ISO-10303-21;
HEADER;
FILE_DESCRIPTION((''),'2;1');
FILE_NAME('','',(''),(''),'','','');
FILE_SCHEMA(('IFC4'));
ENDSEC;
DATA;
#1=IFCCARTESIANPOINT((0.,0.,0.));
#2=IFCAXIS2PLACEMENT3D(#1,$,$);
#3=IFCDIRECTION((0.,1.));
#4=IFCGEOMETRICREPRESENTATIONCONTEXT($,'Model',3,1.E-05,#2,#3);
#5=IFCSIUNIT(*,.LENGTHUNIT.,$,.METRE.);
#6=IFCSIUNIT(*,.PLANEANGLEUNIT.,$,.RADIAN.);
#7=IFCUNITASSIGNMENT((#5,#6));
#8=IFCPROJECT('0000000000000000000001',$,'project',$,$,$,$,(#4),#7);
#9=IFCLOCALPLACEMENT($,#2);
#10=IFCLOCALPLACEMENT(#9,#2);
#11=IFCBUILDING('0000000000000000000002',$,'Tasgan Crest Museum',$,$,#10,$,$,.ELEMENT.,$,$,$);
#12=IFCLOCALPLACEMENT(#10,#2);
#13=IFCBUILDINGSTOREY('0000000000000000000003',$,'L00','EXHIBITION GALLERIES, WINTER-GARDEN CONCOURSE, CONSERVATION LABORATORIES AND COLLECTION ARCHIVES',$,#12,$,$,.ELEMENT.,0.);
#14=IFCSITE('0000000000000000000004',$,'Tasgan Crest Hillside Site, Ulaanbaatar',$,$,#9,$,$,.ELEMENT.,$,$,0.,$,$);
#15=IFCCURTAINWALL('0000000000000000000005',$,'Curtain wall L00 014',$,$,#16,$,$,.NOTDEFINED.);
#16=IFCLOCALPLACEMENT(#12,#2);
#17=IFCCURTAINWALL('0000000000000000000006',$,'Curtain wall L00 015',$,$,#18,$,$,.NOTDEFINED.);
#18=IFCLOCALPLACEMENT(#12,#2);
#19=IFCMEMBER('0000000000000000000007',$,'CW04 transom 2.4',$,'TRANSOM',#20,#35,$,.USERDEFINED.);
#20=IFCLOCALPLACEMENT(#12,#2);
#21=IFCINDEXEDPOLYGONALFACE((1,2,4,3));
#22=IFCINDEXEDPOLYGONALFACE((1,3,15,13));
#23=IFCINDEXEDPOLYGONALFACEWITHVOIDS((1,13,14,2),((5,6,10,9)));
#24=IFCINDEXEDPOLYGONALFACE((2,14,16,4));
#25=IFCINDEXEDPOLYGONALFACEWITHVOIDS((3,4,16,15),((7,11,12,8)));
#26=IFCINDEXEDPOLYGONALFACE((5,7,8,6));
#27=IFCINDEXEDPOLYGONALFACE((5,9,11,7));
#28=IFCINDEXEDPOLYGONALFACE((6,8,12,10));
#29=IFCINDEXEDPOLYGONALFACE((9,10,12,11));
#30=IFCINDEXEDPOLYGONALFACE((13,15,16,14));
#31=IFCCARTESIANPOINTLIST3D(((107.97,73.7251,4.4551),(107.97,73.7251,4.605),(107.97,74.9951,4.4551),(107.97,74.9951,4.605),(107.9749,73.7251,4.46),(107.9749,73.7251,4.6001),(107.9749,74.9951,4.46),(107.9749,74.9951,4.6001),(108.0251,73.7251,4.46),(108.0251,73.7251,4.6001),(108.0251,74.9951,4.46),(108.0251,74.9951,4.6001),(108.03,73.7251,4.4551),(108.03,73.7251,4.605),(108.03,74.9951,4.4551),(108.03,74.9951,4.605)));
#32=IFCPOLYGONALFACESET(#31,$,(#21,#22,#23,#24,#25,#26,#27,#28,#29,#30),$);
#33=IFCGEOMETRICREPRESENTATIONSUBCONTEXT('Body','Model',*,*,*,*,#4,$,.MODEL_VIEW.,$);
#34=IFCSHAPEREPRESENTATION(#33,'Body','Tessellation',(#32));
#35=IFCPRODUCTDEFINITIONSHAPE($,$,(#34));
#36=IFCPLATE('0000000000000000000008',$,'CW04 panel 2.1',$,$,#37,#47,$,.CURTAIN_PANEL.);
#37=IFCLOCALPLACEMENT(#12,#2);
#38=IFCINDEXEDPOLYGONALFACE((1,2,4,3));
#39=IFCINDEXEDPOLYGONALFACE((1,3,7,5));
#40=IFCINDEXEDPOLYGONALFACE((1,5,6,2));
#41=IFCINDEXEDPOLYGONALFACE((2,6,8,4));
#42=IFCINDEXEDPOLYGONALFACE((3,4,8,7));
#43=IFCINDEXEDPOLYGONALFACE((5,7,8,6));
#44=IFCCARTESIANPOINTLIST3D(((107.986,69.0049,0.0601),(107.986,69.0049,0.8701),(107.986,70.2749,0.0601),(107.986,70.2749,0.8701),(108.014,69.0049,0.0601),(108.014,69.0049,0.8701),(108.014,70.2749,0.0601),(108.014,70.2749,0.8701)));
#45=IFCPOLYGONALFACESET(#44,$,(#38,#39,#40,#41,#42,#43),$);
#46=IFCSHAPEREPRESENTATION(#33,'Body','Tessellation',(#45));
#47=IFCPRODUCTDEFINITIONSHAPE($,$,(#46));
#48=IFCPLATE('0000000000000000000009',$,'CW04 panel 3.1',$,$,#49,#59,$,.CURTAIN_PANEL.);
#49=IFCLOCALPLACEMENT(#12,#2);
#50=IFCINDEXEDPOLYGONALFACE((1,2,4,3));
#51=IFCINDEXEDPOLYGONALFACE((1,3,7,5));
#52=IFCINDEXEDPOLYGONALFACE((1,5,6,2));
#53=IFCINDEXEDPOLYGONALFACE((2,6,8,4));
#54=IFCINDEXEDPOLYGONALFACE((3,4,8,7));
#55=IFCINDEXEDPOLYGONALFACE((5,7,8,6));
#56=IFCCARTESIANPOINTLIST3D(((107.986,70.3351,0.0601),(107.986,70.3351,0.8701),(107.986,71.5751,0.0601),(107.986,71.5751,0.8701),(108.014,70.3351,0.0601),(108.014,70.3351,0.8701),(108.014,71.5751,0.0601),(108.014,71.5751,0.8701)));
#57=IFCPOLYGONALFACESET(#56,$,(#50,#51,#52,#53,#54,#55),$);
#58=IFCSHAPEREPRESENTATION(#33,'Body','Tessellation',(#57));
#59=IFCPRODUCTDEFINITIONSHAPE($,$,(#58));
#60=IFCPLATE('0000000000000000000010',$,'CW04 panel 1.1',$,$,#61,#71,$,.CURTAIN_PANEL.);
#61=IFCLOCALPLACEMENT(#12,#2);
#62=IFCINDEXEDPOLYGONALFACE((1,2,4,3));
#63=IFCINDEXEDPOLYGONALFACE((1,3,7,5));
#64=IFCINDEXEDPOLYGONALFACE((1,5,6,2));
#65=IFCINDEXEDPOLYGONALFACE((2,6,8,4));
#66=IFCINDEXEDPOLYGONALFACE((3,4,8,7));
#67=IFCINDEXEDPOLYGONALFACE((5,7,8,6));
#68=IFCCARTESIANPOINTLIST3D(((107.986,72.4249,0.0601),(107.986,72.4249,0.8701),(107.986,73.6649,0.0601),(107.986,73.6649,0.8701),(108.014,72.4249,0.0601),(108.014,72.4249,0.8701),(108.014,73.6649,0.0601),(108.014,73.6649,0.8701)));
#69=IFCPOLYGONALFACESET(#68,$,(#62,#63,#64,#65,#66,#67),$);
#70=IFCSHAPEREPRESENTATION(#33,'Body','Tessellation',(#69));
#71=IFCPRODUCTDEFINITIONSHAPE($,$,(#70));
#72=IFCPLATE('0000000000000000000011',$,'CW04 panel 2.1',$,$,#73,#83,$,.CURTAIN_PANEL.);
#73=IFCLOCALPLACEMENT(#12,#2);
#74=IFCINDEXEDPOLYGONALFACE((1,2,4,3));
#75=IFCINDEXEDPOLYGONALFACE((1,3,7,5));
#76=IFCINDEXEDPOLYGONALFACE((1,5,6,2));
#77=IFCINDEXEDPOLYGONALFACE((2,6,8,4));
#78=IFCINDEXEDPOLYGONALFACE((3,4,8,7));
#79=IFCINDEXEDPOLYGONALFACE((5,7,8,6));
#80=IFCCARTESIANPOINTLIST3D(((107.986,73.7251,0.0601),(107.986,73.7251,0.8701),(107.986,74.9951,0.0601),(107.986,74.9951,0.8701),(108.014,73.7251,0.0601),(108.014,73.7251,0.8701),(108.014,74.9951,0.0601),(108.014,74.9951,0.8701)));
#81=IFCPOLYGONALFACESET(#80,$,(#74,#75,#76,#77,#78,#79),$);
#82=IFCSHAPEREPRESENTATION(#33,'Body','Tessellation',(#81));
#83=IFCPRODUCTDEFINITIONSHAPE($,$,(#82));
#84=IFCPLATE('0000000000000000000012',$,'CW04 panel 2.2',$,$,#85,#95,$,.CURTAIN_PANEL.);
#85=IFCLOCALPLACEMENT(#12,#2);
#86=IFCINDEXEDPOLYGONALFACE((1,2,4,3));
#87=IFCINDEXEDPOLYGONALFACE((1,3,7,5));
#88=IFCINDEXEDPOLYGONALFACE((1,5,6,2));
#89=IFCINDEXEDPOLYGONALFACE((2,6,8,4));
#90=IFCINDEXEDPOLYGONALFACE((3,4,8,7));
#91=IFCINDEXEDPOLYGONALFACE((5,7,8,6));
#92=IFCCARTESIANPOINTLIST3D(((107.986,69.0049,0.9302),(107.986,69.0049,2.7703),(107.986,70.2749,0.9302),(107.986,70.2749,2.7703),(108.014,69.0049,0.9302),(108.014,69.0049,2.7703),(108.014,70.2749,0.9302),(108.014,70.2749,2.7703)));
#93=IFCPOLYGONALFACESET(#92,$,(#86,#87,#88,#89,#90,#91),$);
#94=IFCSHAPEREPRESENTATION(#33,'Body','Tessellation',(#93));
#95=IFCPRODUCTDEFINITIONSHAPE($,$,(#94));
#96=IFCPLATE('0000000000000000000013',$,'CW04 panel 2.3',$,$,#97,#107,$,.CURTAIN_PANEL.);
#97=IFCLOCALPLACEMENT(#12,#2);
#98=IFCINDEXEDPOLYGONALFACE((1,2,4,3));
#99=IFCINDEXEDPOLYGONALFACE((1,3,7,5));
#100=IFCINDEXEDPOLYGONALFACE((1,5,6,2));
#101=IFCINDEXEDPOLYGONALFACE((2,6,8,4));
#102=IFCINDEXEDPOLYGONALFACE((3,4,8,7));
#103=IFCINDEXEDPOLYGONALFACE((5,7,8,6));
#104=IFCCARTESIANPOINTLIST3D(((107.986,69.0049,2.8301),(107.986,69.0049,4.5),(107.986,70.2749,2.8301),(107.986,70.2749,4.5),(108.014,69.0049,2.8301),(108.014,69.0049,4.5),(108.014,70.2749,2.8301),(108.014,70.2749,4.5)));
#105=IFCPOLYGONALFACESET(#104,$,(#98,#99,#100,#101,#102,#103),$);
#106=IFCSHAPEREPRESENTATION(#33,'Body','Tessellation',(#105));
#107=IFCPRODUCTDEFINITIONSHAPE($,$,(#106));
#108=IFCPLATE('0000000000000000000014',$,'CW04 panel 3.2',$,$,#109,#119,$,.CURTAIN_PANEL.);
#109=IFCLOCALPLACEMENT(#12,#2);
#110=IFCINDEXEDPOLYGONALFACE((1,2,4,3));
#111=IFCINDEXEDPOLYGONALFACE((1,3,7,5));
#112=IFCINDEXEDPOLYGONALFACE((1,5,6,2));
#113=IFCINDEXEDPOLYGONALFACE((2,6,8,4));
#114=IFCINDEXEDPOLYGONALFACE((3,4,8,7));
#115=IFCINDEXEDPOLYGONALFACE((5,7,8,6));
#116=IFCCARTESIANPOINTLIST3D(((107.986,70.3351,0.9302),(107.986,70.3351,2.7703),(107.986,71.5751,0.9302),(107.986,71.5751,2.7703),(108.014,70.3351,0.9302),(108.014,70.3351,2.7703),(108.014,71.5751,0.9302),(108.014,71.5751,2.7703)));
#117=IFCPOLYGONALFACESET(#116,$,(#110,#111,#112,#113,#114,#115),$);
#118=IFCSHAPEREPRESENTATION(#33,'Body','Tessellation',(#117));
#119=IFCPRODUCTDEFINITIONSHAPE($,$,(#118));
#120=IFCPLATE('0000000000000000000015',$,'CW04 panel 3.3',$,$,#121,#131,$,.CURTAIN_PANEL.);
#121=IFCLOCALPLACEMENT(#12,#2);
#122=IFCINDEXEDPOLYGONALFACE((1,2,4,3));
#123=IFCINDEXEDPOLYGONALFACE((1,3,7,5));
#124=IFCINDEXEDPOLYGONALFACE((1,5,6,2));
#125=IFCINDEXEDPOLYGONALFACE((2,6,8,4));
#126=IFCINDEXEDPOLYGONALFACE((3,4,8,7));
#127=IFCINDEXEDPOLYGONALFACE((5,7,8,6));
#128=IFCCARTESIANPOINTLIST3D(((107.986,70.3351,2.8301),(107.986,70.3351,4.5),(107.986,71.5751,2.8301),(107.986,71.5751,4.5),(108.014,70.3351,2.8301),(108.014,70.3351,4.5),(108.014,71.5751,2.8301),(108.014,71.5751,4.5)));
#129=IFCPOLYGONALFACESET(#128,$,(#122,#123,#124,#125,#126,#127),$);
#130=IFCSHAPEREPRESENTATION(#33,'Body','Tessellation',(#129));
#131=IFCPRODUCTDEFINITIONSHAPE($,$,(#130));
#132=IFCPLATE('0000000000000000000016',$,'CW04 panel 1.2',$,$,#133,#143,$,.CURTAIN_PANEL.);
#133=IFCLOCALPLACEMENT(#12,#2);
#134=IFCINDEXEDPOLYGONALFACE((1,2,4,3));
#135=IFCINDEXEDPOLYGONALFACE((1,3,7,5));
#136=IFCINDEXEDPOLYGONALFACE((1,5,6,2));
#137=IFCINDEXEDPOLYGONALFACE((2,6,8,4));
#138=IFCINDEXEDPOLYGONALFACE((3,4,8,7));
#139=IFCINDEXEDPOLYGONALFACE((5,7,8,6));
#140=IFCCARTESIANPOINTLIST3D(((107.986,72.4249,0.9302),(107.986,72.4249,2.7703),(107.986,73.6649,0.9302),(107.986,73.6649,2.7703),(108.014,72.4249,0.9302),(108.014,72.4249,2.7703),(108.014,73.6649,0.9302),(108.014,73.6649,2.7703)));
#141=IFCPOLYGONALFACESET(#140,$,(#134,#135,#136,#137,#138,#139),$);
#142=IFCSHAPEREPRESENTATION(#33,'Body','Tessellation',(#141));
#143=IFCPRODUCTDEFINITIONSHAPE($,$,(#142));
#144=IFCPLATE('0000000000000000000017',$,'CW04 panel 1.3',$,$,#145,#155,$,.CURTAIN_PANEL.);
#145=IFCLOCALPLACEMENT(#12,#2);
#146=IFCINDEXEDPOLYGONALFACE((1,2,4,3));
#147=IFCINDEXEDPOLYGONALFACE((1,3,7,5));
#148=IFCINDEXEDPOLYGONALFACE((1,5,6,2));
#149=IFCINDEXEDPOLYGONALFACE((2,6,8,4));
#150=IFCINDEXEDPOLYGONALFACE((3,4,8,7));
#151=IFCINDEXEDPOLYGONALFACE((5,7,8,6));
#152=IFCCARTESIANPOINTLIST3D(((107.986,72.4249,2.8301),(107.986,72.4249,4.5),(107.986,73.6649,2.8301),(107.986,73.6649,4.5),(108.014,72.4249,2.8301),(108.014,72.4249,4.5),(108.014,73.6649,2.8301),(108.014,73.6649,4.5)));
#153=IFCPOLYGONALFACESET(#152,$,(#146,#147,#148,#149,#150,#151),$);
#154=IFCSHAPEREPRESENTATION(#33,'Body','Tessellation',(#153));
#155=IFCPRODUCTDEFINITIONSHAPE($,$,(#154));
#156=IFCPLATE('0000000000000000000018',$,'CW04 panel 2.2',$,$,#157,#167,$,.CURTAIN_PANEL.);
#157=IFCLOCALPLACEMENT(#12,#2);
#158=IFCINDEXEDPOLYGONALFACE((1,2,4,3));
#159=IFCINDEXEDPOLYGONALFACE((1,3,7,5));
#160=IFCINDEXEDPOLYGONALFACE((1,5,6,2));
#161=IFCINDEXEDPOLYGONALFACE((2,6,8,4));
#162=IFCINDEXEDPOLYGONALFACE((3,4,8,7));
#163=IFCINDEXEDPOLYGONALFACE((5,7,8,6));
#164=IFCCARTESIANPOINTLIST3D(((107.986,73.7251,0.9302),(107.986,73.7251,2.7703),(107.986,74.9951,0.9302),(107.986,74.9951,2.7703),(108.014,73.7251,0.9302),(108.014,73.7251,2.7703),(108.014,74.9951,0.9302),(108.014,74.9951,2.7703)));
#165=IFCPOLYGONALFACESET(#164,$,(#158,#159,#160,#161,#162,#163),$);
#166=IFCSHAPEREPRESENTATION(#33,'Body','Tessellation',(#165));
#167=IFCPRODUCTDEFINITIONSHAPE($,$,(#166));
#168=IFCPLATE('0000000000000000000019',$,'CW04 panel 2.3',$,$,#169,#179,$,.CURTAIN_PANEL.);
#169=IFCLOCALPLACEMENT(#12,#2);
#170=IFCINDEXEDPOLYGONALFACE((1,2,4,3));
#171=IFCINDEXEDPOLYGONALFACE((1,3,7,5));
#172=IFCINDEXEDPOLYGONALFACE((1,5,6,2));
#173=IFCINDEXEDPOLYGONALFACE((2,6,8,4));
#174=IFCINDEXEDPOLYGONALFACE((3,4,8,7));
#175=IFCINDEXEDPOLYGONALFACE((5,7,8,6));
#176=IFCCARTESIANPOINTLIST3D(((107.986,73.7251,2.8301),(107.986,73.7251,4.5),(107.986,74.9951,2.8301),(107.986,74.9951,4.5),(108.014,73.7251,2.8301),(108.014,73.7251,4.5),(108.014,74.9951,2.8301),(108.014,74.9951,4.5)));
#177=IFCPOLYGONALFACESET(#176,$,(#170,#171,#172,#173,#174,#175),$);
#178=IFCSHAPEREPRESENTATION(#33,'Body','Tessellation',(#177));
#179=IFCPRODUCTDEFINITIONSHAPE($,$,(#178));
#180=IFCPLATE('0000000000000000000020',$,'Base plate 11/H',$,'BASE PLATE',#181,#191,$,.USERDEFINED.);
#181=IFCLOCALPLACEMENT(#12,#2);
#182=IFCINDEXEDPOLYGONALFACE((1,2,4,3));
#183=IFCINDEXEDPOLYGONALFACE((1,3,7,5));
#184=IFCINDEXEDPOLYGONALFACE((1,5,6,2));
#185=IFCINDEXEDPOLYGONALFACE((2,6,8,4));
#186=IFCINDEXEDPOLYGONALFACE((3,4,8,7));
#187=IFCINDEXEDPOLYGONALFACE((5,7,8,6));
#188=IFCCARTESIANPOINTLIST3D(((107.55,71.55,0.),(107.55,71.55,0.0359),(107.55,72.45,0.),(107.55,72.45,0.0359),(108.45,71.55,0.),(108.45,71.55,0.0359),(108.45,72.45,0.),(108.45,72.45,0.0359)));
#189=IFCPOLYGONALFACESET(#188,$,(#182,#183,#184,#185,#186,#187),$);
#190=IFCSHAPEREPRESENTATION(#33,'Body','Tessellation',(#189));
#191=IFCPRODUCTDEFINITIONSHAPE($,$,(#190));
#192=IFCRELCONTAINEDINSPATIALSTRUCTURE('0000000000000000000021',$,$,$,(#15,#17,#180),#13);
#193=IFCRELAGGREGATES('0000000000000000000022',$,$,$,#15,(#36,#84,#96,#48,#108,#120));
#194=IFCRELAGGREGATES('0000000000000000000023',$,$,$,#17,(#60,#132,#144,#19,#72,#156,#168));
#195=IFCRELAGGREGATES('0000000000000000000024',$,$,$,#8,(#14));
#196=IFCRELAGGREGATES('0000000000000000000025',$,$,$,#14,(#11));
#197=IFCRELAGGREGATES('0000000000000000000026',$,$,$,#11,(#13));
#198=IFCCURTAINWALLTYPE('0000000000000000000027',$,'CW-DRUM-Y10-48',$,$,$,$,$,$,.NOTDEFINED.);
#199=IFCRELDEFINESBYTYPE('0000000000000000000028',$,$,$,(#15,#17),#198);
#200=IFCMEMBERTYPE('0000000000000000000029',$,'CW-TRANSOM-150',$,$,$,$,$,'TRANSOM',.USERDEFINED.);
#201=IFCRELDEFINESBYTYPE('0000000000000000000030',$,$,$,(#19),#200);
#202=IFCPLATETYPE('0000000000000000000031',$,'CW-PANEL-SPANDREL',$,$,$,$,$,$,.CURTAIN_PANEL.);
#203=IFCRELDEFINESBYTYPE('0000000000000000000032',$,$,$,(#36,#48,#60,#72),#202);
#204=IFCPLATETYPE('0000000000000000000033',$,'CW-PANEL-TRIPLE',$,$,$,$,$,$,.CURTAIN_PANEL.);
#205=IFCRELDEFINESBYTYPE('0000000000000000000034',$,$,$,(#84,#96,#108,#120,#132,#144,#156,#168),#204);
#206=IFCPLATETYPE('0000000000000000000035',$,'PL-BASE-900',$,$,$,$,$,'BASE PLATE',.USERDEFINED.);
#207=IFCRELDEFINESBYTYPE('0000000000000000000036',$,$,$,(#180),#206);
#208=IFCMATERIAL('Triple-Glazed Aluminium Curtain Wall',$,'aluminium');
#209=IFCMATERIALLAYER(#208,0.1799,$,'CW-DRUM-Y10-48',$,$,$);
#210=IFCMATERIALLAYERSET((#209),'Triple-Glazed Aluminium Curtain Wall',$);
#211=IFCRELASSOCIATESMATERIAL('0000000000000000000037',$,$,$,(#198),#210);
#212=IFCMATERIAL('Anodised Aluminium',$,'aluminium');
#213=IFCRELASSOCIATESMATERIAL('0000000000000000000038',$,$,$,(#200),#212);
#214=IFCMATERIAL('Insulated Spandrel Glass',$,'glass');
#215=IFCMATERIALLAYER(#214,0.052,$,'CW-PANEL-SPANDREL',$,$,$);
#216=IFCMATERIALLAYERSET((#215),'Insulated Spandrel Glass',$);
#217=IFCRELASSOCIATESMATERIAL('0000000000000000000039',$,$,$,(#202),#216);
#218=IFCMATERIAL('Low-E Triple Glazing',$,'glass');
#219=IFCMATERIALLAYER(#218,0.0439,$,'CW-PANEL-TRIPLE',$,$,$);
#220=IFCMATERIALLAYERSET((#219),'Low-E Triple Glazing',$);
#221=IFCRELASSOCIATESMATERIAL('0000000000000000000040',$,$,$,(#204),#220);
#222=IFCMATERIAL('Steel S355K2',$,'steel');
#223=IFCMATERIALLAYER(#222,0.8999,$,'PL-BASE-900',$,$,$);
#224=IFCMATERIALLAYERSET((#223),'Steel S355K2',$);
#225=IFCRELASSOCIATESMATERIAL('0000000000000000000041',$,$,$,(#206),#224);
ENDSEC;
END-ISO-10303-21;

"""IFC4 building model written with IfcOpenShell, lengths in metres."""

from ifc_helpers import new_model, si_unit, direction, frame, origin, origin_2d, place, context, subcontext, project, spatial, rectangle, hollow_rectangle, extrude, material, layer, layer_set, material_profile, profile_set, type_object, element, aggregate, save


model = new_model("IFC4")

# Units and contexts
model_context = context("Model", 3, precision=1e-05, world=origin(), true_north=direction((0.0, 1.0)))
body_context = subcontext(model_context, "Body", "Model", "MODEL_VIEW")
ifc_project = project(units=[si_unit("LENGTHUNIT", "METRE"), si_unit("PLANEANGLEUNIT", "RADIAN")], contexts=[model_context])

# Site, building, storey
site_placement = place(None, origin())
site = spatial("IfcSite", under=ifc_project, at=site_placement, Name="Tasgan Crest Hillside Site, Ulaanbaatar", CompositionType="ELEMENT", RefElevation=0.0)
building_placement = place(site_placement, origin())
building = spatial("IfcBuilding", under=site, at=building_placement, Name="Tasgan Crest Museum", CompositionType="ELEMENT")
storey_placement = place(building_placement, origin())
storey = spatial("IfcBuildingStorey", under=building, at=storey_placement, Name="L00", Description="EXHIBITION GALLERIES, WINTER-GARDEN CONCOURSE, CONSERVATION LABORATORIES AND COLLECTION ARCHIVES", CompositionType="ELEMENT", Elevation=0.0)

# Curtain walls
ifc_material_1 = material(Name="Triple-Glazed Aluminium Curtain Wall", Category="aluminium")
ifc_layer_1 = layer(ifc_material_1, 0.1799, Name="CW-DRUM-Y10-48")
ifc_layer_set_1 = layer_set([ifc_layer_1], Name="Triple-Glazed Aluminium Curtain Wall")
curtain_wall_type = type_object("IfcCurtainWallType", Name="CW-DRUM-Y10-48", PredefinedType="NOTDEFINED", material=ifc_layer_set_1)
curtain_wall_1_placement = place(storey_placement, origin())
curtain_wall_1 = element("IfcCurtainWall", 1, at=curtain_wall_1_placement, inside=storey, type_object=curtain_wall_type, Name="Curtain wall L00 014", PredefinedType="NOTDEFINED")
curtain_wall_2_placement = place(storey_placement, origin())
curtain_wall_2 = element("IfcCurtainWall", 2, at=curtain_wall_2_placement, inside=storey, type_object=curtain_wall_type, Name="Curtain wall L00 015", PredefinedType="NOTDEFINED")

# Member
ifc_material_2 = material(Name="Anodised Aluminium", Category="aluminium")
ifc_material_profile_1 = material_profile(ifc_material_2, hollow_rectangle(XDim=0.0601, YDim=0.1499, WallThickness=0.0049, at=origin_2d()), Name="ALU TRANSOM 150x60x5")
ifc_profile_set_1 = profile_set([ifc_material_profile_1], Name="Anodised Aluminium")
member_type_1 = type_object("IfcMemberType", Name="CW-TRANSOM-150", ElementType="TRANSOM", PredefinedType="USERDEFINED", material=ifc_profile_set_1)
member_1_placement = place(storey_placement, frame((108.0, 73.7251, 4.53), z_axis=(0.0, 1.0, 0.0), x_axis=(-1.0, 0.0, 0.0)))
member_1 = element("IfcMember", 3, at=member_1_placement, type_object=member_type_1, Name="CW04 transom 2.4", ObjectType="TRANSOM", PredefinedType="USERDEFINED", context=body_context, shape_type="SweptSolid", body=[
    extrude(hollow_rectangle(XDim=0.0601, YDim=0.1499, WallThickness=0.0049, at=origin_2d()), origin(), (0.0, 0.0, 1.0), 1.27),
])

# Plates
ifc_material_3 = material(Name="Insulated Spandrel Glass", Category="glass")
ifc_layer_2 = layer(ifc_material_3, 0.052, Name="CW-PANEL-SPANDREL")
ifc_layer_set_2 = layer_set([ifc_layer_2], Name="Insulated Spandrel Glass")
plate_type_1 = type_object("IfcPlateType", Name="CW-PANEL-SPANDREL", PredefinedType="CURTAIN_PANEL", material=ifc_layer_set_2)
plate_1_placement = place(storey_placement, frame((108.0, 69.6399, 0.0601), z_axis=(0.0, 0.0, 1.0), x_axis=(0.0, 1.0, 0.0)))
plate_1 = element("IfcPlate", 4, at=plate_1_placement, type_object=plate_type_1, Name="CW04 panel 2.1", PredefinedType="CURTAIN_PANEL", context=body_context, shape_type="SweptSolid", body=[
    extrude(rectangle(XDim=1.27, YDim=0.0281, at=origin_2d()), origin(), (0.0, 0.0, 1.0), 0.8101),
])
plate_2_placement = place(storey_placement, frame((108.0, 70.9551, 0.0601), z_axis=(0.0, 0.0, 1.0), x_axis=(0.0, 1.0, 0.0)))
plate_2 = element("IfcPlate", 5, at=plate_2_placement, type_object=plate_type_1, Name="CW04 panel 3.1", PredefinedType="CURTAIN_PANEL", context=body_context, shape_type="SweptSolid", body=[
    extrude(rectangle(XDim=1.24, YDim=0.0281, at=origin_2d()), origin(), (0.0, 0.0, 1.0), 0.8101),
])
plate_3_placement = place(storey_placement, frame((108.0, 73.0449, 0.0601), z_axis=(0.0, 0.0, 1.0), x_axis=(0.0, 1.0, 0.0)))
plate_3 = element("IfcPlate", 6, at=plate_3_placement, type_object=plate_type_1, Name="CW04 panel 1.1", PredefinedType="CURTAIN_PANEL", context=body_context, shape_type="SweptSolid", body=[
    extrude(rectangle(XDim=1.24, YDim=0.0281, at=origin_2d()), origin(), (0.0, 0.0, 1.0), 0.8101),
])
plate_4_placement = place(storey_placement, frame((108.0, 74.3601, 0.0601), z_axis=(0.0, 0.0, 1.0), x_axis=(0.0, 1.0, 0.0)))
plate_4 = element("IfcPlate", 7, at=plate_4_placement, type_object=plate_type_1, Name="CW04 panel 2.1", PredefinedType="CURTAIN_PANEL", context=body_context, shape_type="SweptSolid", body=[
    extrude(rectangle(XDim=1.27, YDim=0.0281, at=origin_2d()), origin(), (0.0, 0.0, 1.0), 0.8101),
])
ifc_material_4 = material(Name="Low-E Triple Glazing", Category="glass")
ifc_layer_3 = layer(ifc_material_4, 0.0439, Name="CW-PANEL-TRIPLE")
ifc_layer_set_3 = layer_set([ifc_layer_3], Name="Low-E Triple Glazing")
plate_type_2 = type_object("IfcPlateType", Name="CW-PANEL-TRIPLE", PredefinedType="CURTAIN_PANEL", material=ifc_layer_set_3)
plate_5_placement = place(storey_placement, frame((108.0, 69.6399, 0.9302), z_axis=(0.0, 0.0, 1.0), x_axis=(0.0, 1.0, 0.0)))
plate_5 = element("IfcPlate", 8, at=plate_5_placement, type_object=plate_type_2, Name="CW04 panel 2.2", PredefinedType="CURTAIN_PANEL", context=body_context, shape_type="SweptSolid", body=[
    extrude(rectangle(XDim=1.27, YDim=0.0281, at=origin_2d()), origin(), (0.0, 0.0, 1.0), 1.8401),
])
plate_6_placement = place(storey_placement, frame((108.0, 69.6399, 2.8301), z_axis=(0.0, 0.0, 1.0), x_axis=(0.0, 1.0, 0.0)))
plate_6 = element("IfcPlate", 9, at=plate_6_placement, type_object=plate_type_2, Name="CW04 panel 2.3", PredefinedType="CURTAIN_PANEL", context=body_context, shape_type="SweptSolid", body=[
    extrude(rectangle(XDim=1.27, YDim=0.0281, at=origin_2d()), origin(), (0.0, 0.0, 1.0), 1.6699),
])
plate_7_placement = place(storey_placement, frame((108.0, 70.9551, 0.9302), z_axis=(0.0, 0.0, 1.0), x_axis=(0.0, 1.0, 0.0)))
plate_7 = element("IfcPlate", 10, at=plate_7_placement, type_object=plate_type_2, Name="CW04 panel 3.2", PredefinedType="CURTAIN_PANEL", context=body_context, shape_type="SweptSolid", body=[
    extrude(rectangle(XDim=1.24, YDim=0.0281, at=origin_2d()), origin(), (0.0, 0.0, 1.0), 1.8401),
])
plate_8_placement = place(storey_placement, frame((108.0, 70.9551, 2.8301), z_axis=(0.0, 0.0, 1.0), x_axis=(0.0, 1.0, 0.0)))
plate_8 = element("IfcPlate", 11, at=plate_8_placement, type_object=plate_type_2, Name="CW04 panel 3.3", PredefinedType="CURTAIN_PANEL", context=body_context, shape_type="SweptSolid", body=[
    extrude(rectangle(XDim=1.24, YDim=0.0281, at=origin_2d()), origin(), (0.0, 0.0, 1.0), 1.6699),
])
aggregate(curtain_wall_1, [plate_1, plate_5, plate_6, plate_2, plate_7, plate_8])
plate_9_placement = place(storey_placement, frame((108.0, 73.0449, 0.9302), z_axis=(0.0, 0.0, 1.0), x_axis=(0.0, 1.0, 0.0)))
plate_9 = element("IfcPlate", 12, at=plate_9_placement, type_object=plate_type_2, Name="CW04 panel 1.2", PredefinedType="CURTAIN_PANEL", context=body_context, shape_type="SweptSolid", body=[
    extrude(rectangle(XDim=1.24, YDim=0.0281, at=origin_2d()), origin(), (0.0, 0.0, 1.0), 1.8401),
])
plate_10_placement = place(storey_placement, frame((108.0, 73.0449, 2.8301), z_axis=(0.0, 0.0, 1.0), x_axis=(0.0, 1.0, 0.0)))
plate_10 = element("IfcPlate", 13, at=plate_10_placement, type_object=plate_type_2, Name="CW04 panel 1.3", PredefinedType="CURTAIN_PANEL", context=body_context, shape_type="SweptSolid", body=[
    extrude(rectangle(XDim=1.24, YDim=0.0281, at=origin_2d()), origin(), (0.0, 0.0, 1.0), 1.6699),
])
plate_11_placement = place(storey_placement, frame((108.0, 74.3601, 0.9302), z_axis=(0.0, 0.0, 1.0), x_axis=(0.0, 1.0, 0.0)))
plate_11 = element("IfcPlate", 14, at=plate_11_placement, type_object=plate_type_2, Name="CW04 panel 2.2", PredefinedType="CURTAIN_PANEL", context=body_context, shape_type="SweptSolid", body=[
    extrude(rectangle(XDim=1.27, YDim=0.0281, at=origin_2d()), origin(), (0.0, 0.0, 1.0), 1.8401),
])
plate_12_placement = place(storey_placement, frame((108.0, 74.3601, 2.8301), z_axis=(0.0, 0.0, 1.0), x_axis=(0.0, 1.0, 0.0)))
plate_12 = element("IfcPlate", 15, at=plate_12_placement, type_object=plate_type_2, Name="CW04 panel 2.3", PredefinedType="CURTAIN_PANEL", context=body_context, shape_type="SweptSolid", body=[
    extrude(rectangle(XDim=1.27, YDim=0.0281, at=origin_2d()), origin(), (0.0, 0.0, 1.0), 1.6699),
])
aggregate(curtain_wall_2, [plate_3, plate_9, plate_10, member_1, plate_4, plate_11, plate_12])
ifc_material_5 = material(Name="Steel S355K2", Category="steel")
ifc_layer_4 = layer(ifc_material_5, 0.8999, Name="PL-BASE-900")
ifc_layer_set_4 = layer_set([ifc_layer_4], Name="Steel S355K2")
plate_type_3 = type_object("IfcPlateType", Name="PL-BASE-900", ElementType="BASE PLATE", PredefinedType="USERDEFINED", material=ifc_layer_set_4)
plate_13_placement = place(storey_placement, frame((108.0, 72.0, 0.0), z_axis=(0.0, 0.0, 1.0), x_axis=(1.0, 0.0, 0.0)))
element("IfcPlate", 16, at=plate_13_placement, inside=storey, type_object=plate_type_3, Name="Base plate 11/H", ObjectType="BASE PLATE", PredefinedType="USERDEFINED", context=body_context, shape_type="SweptSolid", body=[
    extrude(rectangle(XDim=0.8999, YDim=0.8999, at=origin_2d()), origin(), (0.0, 0.0, 1.0), 0.0359),
])

save(model, "model.ifc")
